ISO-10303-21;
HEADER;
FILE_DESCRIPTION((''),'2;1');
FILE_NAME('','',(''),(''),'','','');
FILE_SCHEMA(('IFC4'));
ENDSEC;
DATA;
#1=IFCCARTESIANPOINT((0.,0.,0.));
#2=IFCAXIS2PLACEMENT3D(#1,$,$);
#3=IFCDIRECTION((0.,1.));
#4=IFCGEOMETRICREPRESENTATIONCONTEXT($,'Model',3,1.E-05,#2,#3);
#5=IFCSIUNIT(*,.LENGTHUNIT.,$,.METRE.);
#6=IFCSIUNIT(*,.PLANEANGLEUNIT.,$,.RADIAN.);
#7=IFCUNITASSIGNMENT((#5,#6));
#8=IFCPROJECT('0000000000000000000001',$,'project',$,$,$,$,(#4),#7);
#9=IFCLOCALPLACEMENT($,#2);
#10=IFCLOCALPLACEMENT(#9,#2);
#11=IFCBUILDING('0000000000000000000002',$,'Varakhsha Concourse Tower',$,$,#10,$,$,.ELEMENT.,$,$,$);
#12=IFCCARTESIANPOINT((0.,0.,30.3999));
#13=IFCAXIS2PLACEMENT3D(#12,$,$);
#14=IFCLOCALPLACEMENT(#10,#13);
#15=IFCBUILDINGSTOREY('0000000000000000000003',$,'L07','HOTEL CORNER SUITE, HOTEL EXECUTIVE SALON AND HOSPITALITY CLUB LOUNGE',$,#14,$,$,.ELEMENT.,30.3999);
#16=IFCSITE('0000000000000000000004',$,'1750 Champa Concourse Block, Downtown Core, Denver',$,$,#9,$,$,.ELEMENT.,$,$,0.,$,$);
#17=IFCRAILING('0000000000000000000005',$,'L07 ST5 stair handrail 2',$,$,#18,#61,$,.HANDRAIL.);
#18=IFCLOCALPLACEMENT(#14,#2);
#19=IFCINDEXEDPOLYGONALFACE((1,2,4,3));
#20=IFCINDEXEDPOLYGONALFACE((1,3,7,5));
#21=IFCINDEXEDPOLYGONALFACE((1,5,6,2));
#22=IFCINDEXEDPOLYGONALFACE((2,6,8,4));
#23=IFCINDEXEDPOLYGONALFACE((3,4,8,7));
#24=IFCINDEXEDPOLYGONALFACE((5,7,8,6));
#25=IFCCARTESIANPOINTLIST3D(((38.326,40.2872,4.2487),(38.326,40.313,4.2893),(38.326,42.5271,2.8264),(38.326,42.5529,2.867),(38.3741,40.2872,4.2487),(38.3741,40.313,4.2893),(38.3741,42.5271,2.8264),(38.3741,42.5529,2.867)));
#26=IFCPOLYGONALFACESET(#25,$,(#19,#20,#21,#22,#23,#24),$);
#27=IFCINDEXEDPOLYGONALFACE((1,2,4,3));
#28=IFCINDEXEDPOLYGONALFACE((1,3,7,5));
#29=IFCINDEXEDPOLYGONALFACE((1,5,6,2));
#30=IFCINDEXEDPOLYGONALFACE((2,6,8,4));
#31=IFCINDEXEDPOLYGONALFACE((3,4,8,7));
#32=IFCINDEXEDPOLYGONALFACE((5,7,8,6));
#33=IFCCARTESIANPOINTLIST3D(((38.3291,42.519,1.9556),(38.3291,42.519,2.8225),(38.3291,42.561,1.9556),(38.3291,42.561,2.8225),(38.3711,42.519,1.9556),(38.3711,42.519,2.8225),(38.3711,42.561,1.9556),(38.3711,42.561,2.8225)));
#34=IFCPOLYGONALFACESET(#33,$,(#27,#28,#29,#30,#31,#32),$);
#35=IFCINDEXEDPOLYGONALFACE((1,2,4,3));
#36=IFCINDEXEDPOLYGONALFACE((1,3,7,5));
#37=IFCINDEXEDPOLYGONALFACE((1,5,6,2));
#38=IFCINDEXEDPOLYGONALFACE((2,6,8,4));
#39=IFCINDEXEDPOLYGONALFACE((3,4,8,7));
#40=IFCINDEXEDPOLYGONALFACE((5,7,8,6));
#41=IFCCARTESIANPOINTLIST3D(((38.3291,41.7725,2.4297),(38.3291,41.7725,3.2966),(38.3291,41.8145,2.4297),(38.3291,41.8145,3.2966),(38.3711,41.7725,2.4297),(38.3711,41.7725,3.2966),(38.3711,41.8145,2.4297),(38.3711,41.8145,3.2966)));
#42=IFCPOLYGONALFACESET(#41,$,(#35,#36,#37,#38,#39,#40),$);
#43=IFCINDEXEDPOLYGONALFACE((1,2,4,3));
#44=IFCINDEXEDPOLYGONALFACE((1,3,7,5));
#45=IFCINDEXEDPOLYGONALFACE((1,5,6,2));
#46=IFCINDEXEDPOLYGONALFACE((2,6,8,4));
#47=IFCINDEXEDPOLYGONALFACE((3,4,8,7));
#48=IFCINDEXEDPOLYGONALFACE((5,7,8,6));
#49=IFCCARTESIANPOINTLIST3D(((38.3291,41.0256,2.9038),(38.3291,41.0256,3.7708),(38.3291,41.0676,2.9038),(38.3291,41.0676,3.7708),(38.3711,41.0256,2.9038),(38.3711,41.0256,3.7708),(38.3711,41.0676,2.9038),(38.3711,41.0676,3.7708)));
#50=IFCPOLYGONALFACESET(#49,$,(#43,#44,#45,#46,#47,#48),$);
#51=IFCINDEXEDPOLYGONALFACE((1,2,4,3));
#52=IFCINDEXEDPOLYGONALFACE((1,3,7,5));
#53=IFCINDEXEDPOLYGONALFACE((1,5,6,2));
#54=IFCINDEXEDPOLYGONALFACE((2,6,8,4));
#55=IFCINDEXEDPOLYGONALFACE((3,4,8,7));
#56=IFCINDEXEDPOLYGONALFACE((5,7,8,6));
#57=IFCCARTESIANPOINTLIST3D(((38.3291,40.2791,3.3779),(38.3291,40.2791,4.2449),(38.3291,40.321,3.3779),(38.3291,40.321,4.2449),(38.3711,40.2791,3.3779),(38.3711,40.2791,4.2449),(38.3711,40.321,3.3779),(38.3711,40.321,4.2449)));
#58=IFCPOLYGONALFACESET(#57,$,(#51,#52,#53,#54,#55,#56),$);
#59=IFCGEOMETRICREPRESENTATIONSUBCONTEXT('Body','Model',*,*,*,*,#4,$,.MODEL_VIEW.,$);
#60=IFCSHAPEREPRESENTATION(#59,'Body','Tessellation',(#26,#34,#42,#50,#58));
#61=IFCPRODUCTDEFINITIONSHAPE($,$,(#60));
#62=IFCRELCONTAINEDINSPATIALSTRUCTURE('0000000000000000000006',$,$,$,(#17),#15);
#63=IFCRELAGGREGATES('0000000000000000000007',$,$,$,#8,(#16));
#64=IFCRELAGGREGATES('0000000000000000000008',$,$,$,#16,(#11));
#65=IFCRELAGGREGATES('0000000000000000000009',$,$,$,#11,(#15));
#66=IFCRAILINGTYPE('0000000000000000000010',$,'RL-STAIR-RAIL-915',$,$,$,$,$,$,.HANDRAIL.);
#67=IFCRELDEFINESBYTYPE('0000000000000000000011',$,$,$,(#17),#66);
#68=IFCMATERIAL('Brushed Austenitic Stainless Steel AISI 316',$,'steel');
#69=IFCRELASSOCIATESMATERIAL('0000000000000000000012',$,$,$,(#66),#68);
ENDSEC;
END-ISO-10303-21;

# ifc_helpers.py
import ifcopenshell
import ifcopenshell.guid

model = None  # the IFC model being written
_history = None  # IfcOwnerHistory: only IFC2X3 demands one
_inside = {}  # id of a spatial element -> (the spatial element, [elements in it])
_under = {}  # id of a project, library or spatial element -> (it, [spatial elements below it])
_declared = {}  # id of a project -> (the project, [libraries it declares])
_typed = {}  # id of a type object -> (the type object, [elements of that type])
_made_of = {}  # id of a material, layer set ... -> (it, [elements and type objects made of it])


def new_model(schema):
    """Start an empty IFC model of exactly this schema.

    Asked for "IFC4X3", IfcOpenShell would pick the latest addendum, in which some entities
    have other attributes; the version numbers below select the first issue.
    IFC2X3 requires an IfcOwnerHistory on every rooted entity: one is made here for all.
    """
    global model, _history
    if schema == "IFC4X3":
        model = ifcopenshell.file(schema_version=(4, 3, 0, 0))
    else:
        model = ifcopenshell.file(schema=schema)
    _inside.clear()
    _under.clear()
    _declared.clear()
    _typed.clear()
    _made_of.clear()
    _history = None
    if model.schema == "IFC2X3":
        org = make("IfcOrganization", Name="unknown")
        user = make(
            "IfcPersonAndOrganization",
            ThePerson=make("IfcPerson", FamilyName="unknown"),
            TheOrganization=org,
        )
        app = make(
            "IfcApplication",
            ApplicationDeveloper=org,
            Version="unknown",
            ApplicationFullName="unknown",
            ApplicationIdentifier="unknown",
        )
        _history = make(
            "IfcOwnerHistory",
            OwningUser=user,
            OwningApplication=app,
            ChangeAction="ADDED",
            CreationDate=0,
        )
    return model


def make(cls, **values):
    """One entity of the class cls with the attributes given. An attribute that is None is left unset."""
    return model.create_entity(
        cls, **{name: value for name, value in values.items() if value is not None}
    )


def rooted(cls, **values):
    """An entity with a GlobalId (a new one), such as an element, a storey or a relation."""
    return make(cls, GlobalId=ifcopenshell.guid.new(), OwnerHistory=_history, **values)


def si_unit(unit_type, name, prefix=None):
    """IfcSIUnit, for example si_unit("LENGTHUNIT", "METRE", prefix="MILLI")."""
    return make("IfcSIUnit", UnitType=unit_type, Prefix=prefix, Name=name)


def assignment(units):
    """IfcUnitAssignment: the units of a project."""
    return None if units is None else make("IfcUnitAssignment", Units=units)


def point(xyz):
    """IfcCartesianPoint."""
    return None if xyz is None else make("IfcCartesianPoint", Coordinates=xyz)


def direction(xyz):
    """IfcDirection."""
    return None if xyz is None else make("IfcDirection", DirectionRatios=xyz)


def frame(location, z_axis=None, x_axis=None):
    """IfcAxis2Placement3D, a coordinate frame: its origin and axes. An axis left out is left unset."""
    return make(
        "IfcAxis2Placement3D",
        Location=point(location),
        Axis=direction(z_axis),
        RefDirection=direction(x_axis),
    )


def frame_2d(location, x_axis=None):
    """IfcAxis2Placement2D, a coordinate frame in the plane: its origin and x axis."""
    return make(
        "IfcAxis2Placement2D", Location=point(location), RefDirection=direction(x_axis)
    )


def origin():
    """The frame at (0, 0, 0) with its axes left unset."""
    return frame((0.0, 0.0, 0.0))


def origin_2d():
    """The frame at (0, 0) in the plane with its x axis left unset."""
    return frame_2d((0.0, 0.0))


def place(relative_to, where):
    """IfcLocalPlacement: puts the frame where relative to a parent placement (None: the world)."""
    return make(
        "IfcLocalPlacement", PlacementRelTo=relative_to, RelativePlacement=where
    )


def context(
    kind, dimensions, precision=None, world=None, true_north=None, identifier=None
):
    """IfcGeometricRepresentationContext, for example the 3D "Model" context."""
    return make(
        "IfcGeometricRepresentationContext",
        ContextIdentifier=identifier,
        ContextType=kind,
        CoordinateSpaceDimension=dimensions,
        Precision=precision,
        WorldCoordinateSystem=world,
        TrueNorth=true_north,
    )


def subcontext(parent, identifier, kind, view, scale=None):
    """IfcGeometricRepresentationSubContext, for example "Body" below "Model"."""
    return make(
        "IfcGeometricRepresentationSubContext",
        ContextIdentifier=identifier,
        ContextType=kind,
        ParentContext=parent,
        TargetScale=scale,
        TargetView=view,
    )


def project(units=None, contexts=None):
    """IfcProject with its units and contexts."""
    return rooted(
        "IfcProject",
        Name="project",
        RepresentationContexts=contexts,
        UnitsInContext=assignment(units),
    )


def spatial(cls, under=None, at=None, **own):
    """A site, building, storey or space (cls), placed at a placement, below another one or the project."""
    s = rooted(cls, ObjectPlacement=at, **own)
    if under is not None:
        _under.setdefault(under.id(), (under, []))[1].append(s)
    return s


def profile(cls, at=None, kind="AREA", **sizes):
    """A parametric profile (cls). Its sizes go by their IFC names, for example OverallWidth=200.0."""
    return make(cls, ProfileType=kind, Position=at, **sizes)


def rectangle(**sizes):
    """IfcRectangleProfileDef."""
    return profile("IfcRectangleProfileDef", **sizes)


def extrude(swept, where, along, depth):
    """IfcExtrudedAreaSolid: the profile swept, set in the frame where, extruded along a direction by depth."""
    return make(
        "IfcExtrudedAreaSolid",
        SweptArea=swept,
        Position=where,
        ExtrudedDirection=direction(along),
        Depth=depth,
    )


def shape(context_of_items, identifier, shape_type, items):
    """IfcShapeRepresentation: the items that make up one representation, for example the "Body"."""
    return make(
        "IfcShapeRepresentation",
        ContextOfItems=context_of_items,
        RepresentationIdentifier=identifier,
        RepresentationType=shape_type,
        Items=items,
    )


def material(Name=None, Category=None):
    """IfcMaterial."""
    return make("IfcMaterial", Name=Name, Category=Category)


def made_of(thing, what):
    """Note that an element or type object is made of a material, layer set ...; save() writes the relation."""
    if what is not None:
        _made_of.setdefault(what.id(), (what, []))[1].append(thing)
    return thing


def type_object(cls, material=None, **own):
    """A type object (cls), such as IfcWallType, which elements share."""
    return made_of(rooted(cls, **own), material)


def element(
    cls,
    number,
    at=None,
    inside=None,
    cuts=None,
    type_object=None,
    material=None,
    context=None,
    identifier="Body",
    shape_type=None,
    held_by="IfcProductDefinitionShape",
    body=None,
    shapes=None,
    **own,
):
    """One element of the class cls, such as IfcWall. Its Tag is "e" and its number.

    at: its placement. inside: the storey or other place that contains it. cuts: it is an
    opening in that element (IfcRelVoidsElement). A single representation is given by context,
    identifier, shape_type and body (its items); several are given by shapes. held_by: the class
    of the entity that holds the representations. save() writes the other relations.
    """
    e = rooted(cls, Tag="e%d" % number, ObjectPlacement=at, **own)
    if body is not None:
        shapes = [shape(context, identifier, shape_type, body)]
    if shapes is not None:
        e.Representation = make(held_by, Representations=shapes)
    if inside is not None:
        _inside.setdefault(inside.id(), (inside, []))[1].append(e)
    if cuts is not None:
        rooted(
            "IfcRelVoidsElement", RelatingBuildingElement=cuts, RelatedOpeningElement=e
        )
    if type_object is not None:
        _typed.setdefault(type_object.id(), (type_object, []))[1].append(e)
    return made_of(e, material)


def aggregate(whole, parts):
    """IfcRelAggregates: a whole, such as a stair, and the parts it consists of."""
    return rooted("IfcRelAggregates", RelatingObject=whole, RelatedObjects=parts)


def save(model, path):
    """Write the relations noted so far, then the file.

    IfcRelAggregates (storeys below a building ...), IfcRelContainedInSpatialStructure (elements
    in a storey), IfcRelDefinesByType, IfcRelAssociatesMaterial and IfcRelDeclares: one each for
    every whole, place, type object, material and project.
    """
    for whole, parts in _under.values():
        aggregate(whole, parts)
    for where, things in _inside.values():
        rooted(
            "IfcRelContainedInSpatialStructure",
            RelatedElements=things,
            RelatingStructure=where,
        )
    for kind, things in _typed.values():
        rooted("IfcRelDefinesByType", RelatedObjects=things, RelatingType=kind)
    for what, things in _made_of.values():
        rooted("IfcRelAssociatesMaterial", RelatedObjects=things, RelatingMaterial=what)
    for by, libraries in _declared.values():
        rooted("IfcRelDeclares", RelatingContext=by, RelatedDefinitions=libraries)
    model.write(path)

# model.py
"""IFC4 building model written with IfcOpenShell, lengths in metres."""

from ifc_helpers import new_model, si_unit, direction, frame, origin, origin_2d, place, context, subcontext, project, spatial, rectangle, extrude, material, type_object, element, save


model = new_model("IFC4")

# Units and contexts
model_context = context("Model", 3, precision=1e-05, world=origin(), true_north=direction((0.0, 1.0)))
body_context = subcontext(model_context, "Body", "Model", "MODEL_VIEW")
ifc_project = project(units=[si_unit("LENGTHUNIT", "METRE"), si_unit("PLANEANGLEUNIT", "RADIAN")], contexts=[model_context])

# Site, building, storey
site_placement = place(None, origin())
site = spatial("IfcSite", under=ifc_project, at=site_placement, Name="1750 Champa Concourse Block, Downtown Core, Denver", CompositionType="ELEMENT", RefElevation=0.0)
building_placement = place(site_placement, origin())
building = spatial("IfcBuilding", under=site, at=building_placement, Name="Varakhsha Concourse Tower", CompositionType="ELEMENT")
storey_placement = place(building_placement, frame((0.0, 0.0, 30.3999)))
storey = spatial("IfcBuildingStorey", under=building, at=storey_placement, Name="L07", Description="HOTEL CORNER SUITE, HOTEL EXECUTIVE SALON AND HOSPITALITY CLUB LOUNGE", CompositionType="ELEMENT", Elevation=30.3999)

# Railing
ifc_material_1 = material(Name="Brushed Austenitic Stainless Steel AISI 316", Category="steel")
railing_type_1 = type_object("IfcRailingType", Name="RL-STAIR-RAIL-915", PredefinedType="HANDRAIL", material=ifc_material_1)
railing_1_placement = place(storey_placement, frame((38.3501, 42.54, 1.9556)))
element("IfcRailing", 1, at=railing_1_placement, inside=storey, type_object=railing_type_1, Name="L07 ST5 stair handrail 2", PredefinedType="HANDRAIL", context=body_context, shape_type="SweptSolid", body=[
    extrude(rectangle(XDim=0.0481, YDim=0.0481, at=origin_2d()), frame((0.0, 0.0, 0.8911), z_axis=(0.0, -0.844188, 0.536048), x_axis=(1.0, 0.0, 0.0)), (0.0, 0.0, 1.0), 2.6533),
    extrude(rectangle(XDim=0.042, YDim=0.042, at=origin_2d()), origin(), (0.0, 0.0, 1.0), 0.8669),
    extrude(rectangle(XDim=0.042, YDim=0.042, at=origin_2d()), frame((0.0, -0.7466, 0.4741)), (0.0, 0.0, 1.0), 0.8669),
    extrude(rectangle(XDim=0.042, YDim=0.042, at=origin_2d()), frame((0.0, -1.4934, 0.9482)), (0.0, 0.0, 1.0), 0.8669),
    extrude(rectangle(XDim=0.042, YDim=0.042, at=origin_2d()), frame((0.0, -2.24, 1.4224)), (0.0, 0.0, 1.0), 0.8669),
])

save(model, "model.ifc")
